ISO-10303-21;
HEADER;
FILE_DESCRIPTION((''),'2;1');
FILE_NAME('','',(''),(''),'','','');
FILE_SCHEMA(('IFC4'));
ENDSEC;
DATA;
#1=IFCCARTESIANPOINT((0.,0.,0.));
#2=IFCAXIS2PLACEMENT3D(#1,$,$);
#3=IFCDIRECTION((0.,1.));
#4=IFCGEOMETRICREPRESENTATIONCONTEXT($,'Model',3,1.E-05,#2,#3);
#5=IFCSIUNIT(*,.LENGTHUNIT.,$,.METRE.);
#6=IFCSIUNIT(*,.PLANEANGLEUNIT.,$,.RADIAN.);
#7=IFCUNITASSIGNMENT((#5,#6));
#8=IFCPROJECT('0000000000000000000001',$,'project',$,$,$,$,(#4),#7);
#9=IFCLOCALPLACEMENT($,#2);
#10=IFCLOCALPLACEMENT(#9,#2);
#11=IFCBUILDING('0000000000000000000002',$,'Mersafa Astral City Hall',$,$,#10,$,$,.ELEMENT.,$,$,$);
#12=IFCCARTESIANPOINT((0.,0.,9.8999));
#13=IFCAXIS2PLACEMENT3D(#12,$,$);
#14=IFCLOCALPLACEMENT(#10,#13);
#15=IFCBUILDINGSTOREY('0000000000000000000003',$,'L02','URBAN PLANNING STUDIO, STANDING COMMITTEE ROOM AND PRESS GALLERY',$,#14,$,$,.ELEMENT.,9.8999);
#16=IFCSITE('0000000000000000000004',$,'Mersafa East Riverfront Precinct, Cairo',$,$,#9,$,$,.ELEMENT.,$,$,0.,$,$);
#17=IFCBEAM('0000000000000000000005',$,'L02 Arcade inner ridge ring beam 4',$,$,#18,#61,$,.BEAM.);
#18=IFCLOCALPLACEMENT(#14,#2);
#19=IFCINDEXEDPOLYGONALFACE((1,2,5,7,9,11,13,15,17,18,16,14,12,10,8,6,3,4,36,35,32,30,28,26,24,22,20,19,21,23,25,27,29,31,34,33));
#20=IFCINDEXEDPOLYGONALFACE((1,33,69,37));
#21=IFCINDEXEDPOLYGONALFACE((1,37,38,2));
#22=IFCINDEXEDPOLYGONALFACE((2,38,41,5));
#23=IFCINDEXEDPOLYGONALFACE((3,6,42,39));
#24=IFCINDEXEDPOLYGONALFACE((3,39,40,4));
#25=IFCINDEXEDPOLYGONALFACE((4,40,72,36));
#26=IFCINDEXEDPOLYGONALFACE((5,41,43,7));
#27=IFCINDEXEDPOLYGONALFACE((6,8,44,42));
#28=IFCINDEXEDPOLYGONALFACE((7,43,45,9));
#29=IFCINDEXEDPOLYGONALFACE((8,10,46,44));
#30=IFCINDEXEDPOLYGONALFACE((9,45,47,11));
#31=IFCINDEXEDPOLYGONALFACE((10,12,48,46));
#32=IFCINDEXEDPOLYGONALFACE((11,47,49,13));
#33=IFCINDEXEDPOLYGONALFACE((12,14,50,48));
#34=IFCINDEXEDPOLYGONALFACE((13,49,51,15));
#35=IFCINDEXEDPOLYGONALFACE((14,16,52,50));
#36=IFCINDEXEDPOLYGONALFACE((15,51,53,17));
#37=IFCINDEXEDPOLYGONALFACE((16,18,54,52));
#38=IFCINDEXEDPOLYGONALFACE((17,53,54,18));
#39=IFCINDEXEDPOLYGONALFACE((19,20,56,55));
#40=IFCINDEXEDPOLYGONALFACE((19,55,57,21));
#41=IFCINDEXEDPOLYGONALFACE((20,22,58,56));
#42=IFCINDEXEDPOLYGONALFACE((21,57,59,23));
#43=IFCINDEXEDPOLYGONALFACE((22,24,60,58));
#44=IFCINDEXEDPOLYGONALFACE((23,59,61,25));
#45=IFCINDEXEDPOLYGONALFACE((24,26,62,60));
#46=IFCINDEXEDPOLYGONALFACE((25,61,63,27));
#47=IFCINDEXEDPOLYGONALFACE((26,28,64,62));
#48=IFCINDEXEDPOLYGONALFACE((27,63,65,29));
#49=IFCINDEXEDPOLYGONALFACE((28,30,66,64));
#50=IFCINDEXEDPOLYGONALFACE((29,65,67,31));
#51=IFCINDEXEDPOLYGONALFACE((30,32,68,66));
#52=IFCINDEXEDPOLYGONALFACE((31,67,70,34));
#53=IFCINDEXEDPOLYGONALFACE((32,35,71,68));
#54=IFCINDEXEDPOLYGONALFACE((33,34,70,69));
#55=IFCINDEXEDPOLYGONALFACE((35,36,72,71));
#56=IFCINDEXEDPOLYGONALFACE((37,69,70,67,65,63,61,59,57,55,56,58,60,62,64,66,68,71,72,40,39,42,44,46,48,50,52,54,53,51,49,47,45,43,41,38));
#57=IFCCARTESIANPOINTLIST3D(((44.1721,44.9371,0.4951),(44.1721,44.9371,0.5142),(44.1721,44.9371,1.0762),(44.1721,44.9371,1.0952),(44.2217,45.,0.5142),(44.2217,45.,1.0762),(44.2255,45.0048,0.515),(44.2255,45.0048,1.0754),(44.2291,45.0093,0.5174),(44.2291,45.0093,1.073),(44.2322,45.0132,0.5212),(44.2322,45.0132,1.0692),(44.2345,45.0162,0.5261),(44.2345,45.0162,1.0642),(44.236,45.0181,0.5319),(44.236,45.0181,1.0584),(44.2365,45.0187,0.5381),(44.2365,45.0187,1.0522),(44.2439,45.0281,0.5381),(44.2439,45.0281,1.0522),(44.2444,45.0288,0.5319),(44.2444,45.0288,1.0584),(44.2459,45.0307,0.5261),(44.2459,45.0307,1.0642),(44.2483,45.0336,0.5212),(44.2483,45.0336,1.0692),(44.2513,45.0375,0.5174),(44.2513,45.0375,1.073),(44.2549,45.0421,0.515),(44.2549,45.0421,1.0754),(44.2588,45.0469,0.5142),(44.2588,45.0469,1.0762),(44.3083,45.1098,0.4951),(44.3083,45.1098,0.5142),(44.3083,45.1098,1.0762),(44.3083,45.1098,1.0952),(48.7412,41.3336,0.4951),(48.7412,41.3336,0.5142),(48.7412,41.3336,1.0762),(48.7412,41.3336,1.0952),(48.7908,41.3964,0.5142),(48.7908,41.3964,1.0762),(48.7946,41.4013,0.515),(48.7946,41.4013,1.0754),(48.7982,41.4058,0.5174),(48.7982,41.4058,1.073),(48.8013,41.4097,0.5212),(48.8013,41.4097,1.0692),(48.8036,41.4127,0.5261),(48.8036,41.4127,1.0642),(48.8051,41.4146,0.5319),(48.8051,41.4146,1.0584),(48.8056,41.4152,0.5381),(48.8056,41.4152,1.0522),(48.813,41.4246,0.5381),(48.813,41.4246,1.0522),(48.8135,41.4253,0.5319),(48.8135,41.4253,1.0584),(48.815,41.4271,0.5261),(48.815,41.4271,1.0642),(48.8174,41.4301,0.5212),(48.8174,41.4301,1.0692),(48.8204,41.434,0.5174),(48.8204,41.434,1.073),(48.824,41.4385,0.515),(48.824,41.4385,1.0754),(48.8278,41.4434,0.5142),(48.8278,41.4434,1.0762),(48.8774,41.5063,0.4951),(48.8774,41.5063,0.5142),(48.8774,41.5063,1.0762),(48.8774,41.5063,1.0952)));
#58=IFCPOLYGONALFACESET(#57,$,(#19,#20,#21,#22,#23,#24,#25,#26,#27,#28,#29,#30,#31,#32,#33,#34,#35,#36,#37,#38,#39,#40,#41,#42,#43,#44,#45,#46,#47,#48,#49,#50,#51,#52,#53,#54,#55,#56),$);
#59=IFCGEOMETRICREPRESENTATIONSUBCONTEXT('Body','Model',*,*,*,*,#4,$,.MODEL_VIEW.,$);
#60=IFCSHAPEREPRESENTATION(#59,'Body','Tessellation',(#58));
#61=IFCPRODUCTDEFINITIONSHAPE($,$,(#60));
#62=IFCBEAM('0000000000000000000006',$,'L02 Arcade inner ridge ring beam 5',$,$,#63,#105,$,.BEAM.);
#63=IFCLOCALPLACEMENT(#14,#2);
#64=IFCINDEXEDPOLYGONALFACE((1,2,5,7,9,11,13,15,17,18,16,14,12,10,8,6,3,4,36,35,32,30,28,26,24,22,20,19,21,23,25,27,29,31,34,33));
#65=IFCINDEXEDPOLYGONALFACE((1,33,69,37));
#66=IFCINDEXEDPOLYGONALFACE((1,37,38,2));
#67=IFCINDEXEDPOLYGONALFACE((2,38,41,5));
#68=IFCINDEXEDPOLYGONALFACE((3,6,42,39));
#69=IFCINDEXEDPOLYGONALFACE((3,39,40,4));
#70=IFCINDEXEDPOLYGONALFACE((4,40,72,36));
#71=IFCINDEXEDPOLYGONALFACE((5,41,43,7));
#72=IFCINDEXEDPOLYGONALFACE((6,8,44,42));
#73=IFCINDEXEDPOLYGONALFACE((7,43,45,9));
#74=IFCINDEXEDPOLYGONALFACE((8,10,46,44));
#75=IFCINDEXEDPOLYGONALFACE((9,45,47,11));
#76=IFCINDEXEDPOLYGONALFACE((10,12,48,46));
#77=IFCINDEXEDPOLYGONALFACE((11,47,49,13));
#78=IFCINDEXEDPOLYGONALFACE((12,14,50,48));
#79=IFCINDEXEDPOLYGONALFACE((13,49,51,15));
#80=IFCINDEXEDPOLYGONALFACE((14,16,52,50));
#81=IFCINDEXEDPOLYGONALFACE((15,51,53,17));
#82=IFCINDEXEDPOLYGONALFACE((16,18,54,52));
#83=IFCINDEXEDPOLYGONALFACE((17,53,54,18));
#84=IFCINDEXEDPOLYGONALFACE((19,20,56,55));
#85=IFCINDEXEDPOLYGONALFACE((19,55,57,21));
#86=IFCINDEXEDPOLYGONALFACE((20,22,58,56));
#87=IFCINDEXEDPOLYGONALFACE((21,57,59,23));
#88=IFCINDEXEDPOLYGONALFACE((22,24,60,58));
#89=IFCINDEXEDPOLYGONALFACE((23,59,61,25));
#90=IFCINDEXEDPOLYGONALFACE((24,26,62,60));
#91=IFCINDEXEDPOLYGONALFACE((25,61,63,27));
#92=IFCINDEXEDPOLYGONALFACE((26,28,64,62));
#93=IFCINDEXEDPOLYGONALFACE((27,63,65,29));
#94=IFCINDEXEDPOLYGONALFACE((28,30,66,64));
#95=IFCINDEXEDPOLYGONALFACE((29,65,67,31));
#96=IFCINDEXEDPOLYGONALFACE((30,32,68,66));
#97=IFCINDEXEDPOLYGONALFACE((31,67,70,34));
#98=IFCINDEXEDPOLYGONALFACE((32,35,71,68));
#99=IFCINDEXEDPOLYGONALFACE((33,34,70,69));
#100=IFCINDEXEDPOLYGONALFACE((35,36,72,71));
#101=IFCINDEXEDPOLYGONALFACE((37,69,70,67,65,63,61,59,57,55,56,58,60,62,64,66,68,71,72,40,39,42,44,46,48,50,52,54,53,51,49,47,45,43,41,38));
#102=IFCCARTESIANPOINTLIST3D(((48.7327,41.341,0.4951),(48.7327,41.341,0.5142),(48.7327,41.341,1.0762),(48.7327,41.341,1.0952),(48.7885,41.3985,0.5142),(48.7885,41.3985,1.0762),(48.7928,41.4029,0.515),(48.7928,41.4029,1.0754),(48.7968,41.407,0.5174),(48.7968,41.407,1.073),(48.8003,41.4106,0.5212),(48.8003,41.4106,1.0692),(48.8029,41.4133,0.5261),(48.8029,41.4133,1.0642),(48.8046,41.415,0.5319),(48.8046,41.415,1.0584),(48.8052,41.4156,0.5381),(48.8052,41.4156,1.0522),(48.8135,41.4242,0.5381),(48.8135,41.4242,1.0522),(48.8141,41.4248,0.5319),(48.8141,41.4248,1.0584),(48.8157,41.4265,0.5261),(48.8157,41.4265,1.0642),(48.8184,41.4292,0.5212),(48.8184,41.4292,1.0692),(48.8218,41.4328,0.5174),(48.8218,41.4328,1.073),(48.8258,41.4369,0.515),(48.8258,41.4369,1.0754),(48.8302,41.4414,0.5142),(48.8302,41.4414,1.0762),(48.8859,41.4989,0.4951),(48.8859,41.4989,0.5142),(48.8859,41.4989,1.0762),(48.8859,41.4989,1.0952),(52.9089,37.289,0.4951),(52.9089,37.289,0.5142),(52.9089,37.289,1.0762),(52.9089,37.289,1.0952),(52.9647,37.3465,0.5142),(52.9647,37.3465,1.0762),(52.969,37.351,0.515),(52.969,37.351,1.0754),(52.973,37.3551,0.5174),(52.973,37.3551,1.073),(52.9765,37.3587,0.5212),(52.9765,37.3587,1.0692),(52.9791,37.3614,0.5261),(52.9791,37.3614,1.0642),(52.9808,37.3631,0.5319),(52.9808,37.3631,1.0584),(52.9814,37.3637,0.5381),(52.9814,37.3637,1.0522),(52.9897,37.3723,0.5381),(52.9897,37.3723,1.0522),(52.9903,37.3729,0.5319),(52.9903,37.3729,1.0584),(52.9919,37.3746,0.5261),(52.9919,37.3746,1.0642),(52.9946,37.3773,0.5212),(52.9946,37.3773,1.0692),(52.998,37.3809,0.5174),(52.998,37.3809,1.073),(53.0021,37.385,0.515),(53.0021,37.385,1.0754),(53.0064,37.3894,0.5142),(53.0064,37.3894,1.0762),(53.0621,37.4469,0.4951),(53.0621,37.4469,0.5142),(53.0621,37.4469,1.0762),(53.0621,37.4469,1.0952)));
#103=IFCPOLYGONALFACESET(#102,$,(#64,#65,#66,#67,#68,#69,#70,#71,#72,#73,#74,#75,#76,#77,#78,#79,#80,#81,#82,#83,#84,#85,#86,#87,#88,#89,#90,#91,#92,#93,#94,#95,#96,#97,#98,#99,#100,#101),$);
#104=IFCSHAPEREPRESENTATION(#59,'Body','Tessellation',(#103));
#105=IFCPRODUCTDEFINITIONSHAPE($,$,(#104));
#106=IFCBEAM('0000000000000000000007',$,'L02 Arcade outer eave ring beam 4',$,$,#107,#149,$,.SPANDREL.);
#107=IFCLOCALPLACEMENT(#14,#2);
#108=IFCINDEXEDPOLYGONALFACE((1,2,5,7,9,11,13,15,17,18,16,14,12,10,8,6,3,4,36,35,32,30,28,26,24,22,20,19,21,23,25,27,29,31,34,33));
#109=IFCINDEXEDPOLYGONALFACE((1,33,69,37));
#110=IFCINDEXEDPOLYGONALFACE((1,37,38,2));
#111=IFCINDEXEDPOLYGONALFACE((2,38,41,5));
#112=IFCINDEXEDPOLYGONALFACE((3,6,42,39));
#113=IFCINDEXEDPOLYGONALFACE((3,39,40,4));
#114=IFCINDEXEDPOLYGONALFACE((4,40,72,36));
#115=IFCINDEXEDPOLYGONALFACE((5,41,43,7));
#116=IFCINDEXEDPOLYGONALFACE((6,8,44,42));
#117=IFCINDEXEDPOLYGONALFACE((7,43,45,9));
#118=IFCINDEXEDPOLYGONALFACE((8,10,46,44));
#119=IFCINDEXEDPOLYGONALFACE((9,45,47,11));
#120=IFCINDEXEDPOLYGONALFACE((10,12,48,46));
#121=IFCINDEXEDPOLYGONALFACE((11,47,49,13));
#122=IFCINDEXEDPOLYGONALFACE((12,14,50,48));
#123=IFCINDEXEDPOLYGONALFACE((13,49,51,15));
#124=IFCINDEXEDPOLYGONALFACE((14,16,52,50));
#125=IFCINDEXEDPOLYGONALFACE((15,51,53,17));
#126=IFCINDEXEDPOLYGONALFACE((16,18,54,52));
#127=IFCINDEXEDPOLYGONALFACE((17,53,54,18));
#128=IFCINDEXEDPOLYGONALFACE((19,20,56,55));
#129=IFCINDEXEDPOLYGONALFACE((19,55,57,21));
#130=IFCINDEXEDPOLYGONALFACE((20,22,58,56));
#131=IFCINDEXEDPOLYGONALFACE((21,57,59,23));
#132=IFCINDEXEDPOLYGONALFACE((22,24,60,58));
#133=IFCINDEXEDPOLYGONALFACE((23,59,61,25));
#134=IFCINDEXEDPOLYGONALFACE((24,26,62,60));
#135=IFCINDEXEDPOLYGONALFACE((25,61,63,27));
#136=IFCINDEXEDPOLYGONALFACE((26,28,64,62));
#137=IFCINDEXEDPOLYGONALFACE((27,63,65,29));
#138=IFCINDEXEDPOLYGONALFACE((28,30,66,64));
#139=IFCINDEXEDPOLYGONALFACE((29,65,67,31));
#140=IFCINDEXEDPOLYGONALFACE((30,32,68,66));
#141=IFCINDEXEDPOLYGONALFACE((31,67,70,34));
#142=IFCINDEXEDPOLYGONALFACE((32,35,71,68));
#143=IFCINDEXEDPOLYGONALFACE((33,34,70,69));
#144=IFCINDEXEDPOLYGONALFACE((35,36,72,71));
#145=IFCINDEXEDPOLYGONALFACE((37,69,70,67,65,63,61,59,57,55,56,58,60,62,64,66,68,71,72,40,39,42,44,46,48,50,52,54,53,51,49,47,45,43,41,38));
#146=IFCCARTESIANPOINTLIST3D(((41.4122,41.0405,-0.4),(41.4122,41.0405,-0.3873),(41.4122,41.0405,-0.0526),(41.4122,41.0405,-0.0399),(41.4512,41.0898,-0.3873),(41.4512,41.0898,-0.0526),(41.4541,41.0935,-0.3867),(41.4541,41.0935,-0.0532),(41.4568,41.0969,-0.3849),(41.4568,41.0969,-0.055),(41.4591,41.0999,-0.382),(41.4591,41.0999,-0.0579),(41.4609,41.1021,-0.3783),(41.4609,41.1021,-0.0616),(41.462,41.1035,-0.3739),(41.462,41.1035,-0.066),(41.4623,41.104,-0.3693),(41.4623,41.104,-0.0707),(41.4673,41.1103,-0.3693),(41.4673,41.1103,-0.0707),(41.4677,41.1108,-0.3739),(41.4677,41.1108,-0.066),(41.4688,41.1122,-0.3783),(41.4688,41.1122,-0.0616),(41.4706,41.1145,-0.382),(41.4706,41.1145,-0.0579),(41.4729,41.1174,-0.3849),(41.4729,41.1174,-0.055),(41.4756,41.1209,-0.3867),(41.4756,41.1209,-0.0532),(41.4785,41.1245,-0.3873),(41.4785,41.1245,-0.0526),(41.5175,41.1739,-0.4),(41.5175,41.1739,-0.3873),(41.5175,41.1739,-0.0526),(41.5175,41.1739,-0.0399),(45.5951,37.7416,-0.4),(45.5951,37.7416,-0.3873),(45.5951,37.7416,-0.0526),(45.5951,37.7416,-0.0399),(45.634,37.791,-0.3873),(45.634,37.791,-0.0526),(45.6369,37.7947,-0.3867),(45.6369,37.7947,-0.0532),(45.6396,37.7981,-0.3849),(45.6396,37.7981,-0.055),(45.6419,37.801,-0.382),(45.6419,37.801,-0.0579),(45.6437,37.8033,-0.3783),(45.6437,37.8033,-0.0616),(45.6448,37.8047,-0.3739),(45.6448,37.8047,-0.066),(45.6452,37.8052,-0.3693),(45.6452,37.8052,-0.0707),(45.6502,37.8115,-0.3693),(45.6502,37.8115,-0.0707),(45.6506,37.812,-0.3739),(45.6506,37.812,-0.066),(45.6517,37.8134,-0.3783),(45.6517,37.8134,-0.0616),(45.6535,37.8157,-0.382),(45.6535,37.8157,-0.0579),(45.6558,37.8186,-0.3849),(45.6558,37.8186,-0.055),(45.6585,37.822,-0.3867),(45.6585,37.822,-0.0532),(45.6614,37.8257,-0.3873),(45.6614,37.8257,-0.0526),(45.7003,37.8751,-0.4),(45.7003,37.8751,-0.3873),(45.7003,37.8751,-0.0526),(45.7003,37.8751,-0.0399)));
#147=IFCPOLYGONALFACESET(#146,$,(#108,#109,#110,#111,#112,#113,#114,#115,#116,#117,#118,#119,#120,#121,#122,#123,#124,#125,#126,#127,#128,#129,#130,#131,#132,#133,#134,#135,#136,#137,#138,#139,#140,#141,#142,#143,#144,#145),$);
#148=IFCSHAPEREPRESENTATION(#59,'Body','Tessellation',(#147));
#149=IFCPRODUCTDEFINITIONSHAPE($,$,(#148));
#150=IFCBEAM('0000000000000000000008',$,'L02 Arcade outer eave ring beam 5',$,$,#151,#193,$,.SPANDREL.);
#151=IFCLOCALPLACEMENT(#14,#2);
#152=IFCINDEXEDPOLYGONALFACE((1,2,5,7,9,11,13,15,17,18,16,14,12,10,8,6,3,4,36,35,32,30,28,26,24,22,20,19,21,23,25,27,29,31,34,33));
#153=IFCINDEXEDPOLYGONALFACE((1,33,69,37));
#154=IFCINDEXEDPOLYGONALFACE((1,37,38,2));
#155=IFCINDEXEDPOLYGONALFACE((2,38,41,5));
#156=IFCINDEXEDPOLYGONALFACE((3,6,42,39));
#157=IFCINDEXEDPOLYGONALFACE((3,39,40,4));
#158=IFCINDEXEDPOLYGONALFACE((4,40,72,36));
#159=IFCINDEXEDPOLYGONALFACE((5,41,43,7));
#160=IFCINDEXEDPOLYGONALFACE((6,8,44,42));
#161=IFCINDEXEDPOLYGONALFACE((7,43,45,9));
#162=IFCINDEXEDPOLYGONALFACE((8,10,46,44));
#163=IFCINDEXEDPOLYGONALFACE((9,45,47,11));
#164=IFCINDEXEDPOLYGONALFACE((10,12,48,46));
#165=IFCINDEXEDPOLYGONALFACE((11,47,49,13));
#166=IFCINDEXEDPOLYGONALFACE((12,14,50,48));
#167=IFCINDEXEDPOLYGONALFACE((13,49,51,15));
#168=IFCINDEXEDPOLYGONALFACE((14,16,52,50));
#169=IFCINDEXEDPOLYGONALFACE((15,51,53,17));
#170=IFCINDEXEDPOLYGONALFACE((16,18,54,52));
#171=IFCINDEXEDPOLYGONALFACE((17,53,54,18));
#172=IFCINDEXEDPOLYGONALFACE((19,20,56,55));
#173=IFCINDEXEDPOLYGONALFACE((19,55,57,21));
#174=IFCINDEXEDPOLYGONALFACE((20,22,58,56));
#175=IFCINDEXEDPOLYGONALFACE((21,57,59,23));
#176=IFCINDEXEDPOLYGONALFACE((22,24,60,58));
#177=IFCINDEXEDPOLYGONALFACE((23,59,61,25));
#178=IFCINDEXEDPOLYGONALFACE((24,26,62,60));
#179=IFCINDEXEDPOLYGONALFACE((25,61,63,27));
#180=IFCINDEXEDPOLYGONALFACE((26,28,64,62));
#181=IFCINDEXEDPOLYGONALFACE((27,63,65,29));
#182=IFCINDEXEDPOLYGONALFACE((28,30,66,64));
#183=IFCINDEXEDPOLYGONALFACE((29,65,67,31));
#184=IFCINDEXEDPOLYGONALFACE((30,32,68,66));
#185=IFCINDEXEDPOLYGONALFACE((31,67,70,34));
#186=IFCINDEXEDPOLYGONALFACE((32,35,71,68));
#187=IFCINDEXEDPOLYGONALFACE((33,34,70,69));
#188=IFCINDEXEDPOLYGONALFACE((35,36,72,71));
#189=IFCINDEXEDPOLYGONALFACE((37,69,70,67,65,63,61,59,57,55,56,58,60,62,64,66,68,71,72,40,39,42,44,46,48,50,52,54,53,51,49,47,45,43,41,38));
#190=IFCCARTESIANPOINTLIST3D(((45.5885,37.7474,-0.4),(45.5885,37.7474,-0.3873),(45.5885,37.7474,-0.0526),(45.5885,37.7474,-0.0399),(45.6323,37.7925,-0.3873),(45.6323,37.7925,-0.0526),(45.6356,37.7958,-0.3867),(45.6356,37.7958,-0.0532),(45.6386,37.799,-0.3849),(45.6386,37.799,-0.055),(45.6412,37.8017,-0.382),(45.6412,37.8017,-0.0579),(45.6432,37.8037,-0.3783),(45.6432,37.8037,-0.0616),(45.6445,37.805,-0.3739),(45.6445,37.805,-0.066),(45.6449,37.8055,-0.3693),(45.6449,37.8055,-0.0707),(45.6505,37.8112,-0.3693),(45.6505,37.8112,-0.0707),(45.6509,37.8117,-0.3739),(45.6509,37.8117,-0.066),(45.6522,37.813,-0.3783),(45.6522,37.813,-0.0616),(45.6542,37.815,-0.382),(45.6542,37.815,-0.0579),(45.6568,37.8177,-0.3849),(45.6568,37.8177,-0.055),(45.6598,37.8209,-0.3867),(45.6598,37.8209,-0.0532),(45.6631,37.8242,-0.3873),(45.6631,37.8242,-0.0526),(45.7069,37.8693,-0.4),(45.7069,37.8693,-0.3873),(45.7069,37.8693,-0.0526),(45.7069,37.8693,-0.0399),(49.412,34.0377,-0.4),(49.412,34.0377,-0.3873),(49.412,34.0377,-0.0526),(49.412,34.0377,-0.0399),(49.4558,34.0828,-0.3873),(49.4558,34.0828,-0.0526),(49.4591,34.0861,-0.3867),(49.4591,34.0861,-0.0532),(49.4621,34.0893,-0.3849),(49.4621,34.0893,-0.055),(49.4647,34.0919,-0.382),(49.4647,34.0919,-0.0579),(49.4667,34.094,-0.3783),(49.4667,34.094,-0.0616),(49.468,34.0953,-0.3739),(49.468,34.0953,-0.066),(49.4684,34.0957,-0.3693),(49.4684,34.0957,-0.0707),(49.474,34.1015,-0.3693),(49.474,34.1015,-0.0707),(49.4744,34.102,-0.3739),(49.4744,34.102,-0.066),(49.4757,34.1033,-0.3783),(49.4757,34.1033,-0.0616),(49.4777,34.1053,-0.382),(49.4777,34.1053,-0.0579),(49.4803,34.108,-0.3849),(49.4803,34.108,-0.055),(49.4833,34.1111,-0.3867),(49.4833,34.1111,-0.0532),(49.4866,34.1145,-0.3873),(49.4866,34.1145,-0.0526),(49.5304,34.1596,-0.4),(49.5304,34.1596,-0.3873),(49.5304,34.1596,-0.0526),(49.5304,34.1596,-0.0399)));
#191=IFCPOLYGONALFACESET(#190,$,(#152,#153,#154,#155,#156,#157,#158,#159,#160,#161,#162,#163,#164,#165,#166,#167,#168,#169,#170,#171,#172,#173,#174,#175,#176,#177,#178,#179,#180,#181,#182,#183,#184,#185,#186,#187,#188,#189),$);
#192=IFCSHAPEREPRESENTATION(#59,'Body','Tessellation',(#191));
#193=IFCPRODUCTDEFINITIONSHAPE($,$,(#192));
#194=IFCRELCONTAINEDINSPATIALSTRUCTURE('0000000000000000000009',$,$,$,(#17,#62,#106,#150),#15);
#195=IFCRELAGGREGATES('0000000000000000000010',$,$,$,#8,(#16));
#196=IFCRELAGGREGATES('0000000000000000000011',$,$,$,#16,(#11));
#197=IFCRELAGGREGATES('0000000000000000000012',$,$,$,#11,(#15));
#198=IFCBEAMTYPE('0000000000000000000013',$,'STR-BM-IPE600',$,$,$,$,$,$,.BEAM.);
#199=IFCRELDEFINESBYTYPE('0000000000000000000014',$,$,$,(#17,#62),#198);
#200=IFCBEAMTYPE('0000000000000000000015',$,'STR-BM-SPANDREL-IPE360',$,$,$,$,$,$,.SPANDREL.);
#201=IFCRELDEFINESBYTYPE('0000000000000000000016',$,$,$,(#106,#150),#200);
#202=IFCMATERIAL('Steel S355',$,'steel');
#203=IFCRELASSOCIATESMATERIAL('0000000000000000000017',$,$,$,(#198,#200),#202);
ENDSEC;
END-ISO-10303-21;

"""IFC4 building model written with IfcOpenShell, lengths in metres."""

from ifc_helpers import new_model, si_unit, direction, frame, origin, origin_2d, place, context, subcontext, project, spatial, i_section, extrude, material, material_profile, profile_set, type_object, element, save


model = new_model("IFC4")

# Units and contexts
model_context = context("Model", 3, precision=1e-05, world=origin(), true_north=direction((0.0, 1.0)))
body_context = subcontext(model_context, "Body", "Model", "MODEL_VIEW")
ifc_project = project(units=[si_unit("LENGTHUNIT", "METRE"), si_unit("PLANEANGLEUNIT", "RADIAN")], contexts=[model_context])

# Site, building, storey
site_placement = place(None, origin())
site = spatial("IfcSite", under=ifc_project, at=site_placement, Name="Mersafa East Riverfront Precinct, Cairo", CompositionType="ELEMENT", RefElevation=0.0)
building_placement = place(site_placement, origin())
building = spatial("IfcBuilding", under=site, at=building_placement, Name="Mersafa Astral City Hall", CompositionType="ELEMENT")
storey_placement = place(building_placement, frame((0.0, 0.0, 9.8999)))
storey = spatial("IfcBuildingStorey", under=building, at=storey_placement, Name="L02", Description="URBAN PLANNING STUDIO, STANDING COMMITTEE ROOM AND PRESS GALLERY", CompositionType="ELEMENT", Elevation=9.8999)

# Beams
ifc_material_1 = material(Name="Steel S355", Category="steel")
ifc_material_profile_1 = material_profile(ifc_material_1, i_section(OverallWidth=0.22, OverallDepth=0.6001, WebThickness=0.012, FlangeThickness=0.019, FilletRadius=0.0239, at=origin_2d()), Name="IPE 600")
ifc_profile_set_1 = profile_set([ifc_material_profile_1], Name="Steel S355")
beam_type_1 = type_object("IfcBeamType", Name="STR-BM-IPE600", PredefinedType="BEAM", material=ifc_profile_set_1)
beam_1_placement = place(storey_placement, frame((44.2402, 45.0234, 0.7952), z_axis=(0.785189, -0.619257, 0.0), x_axis=(0.619257, 0.785189, 0.0)))
element("IfcBeam", 1, at=beam_1_placement, inside=storey, type_object=beam_type_1, Name="L02 Arcade inner ridge ring beam 4", PredefinedType="BEAM", context=body_context, shape_type="SweptSolid", body=[
    extrude(i_section(OverallWidth=0.22, OverallDepth=0.6001, WebThickness=0.012, FlangeThickness=0.019, FilletRadius=0.0239, at=origin_2d()), origin(), (0.0, 0.0, 1.0), 5.8191),
])
beam_2_placement = place(storey_placement, frame((48.8093, 41.4199, 0.7952), z_axis=(0.717704, -0.696348, 0.0), x_axis=(0.696348, 0.717704, 0.0)))
element("IfcBeam", 2, at=beam_2_placement, inside=storey, type_object=beam_type_1, Name="L02 Arcade inner ridge ring beam 5", PredefinedType="BEAM", context=body_context, shape_type="SweptSolid", body=[
    extrude(i_section(OverallWidth=0.22, OverallDepth=0.6001, WebThickness=0.012, FlangeThickness=0.019, FilletRadius=0.0239, at=origin_2d()), origin(), (0.0, 0.0, 1.0), 5.8188),
])
ifc_material_profile_2 = material_profile(ifc_material_1, i_section(OverallWidth=0.1699, OverallDepth=0.3601, WebThickness=0.0081, FlangeThickness=0.0127, FilletRadius=0.0181, at=origin_2d()), Name="IPE 360")
ifc_profile_set_2 = profile_set([ifc_material_profile_2], Name="Steel S355")
beam_type_2 = type_object("IfcBeamType", Name="STR-BM-SPANDREL-IPE360", PredefinedType="SPANDREL", material=ifc_profile_set_2)
beam_3_placement = place(storey_placement, frame((41.4648, 41.1072, -0.22), z_axis=(0.785196, -0.619247, 0.0), x_axis=(0.619247, 0.785196, 0.0)))
element("IfcBeam", 3, at=beam_3_placement, inside=storey, type_object=beam_type_2, Name="L02 Arcade outer eave ring beam 4", PredefinedType="SPANDREL", context=body_context, shape_type="SweptSolid", body=[
    extrude(i_section(OverallWidth=0.1699, OverallDepth=0.3601, WebThickness=0.0081, FlangeThickness=0.0127, FilletRadius=0.0181, at=origin_2d()), origin(), (0.0, 0.0, 1.0), 5.3271),
])
beam_4_placement = place(storey_placement, frame((45.6477, 37.8083, -0.22), z_axis=(0.717704, -0.696348, 0.0), x_axis=(0.696348, 0.717704, 0.0)))
element("IfcBeam", 4, at=beam_4_placement, inside=storey, type_object=beam_type_2, Name="L02 Arcade outer eave ring beam 5", PredefinedType="SPANDREL", context=body_context, shape_type="SweptSolid", body=[
    extrude(i_section(OverallWidth=0.1699, OverallDepth=0.3601, WebThickness=0.0081, FlangeThickness=0.0127, FilletRadius=0.0181, at=origin_2d()), origin(), (0.0, 0.0, 1.0), 5.3274),
])

save(model, "model.ifc")
